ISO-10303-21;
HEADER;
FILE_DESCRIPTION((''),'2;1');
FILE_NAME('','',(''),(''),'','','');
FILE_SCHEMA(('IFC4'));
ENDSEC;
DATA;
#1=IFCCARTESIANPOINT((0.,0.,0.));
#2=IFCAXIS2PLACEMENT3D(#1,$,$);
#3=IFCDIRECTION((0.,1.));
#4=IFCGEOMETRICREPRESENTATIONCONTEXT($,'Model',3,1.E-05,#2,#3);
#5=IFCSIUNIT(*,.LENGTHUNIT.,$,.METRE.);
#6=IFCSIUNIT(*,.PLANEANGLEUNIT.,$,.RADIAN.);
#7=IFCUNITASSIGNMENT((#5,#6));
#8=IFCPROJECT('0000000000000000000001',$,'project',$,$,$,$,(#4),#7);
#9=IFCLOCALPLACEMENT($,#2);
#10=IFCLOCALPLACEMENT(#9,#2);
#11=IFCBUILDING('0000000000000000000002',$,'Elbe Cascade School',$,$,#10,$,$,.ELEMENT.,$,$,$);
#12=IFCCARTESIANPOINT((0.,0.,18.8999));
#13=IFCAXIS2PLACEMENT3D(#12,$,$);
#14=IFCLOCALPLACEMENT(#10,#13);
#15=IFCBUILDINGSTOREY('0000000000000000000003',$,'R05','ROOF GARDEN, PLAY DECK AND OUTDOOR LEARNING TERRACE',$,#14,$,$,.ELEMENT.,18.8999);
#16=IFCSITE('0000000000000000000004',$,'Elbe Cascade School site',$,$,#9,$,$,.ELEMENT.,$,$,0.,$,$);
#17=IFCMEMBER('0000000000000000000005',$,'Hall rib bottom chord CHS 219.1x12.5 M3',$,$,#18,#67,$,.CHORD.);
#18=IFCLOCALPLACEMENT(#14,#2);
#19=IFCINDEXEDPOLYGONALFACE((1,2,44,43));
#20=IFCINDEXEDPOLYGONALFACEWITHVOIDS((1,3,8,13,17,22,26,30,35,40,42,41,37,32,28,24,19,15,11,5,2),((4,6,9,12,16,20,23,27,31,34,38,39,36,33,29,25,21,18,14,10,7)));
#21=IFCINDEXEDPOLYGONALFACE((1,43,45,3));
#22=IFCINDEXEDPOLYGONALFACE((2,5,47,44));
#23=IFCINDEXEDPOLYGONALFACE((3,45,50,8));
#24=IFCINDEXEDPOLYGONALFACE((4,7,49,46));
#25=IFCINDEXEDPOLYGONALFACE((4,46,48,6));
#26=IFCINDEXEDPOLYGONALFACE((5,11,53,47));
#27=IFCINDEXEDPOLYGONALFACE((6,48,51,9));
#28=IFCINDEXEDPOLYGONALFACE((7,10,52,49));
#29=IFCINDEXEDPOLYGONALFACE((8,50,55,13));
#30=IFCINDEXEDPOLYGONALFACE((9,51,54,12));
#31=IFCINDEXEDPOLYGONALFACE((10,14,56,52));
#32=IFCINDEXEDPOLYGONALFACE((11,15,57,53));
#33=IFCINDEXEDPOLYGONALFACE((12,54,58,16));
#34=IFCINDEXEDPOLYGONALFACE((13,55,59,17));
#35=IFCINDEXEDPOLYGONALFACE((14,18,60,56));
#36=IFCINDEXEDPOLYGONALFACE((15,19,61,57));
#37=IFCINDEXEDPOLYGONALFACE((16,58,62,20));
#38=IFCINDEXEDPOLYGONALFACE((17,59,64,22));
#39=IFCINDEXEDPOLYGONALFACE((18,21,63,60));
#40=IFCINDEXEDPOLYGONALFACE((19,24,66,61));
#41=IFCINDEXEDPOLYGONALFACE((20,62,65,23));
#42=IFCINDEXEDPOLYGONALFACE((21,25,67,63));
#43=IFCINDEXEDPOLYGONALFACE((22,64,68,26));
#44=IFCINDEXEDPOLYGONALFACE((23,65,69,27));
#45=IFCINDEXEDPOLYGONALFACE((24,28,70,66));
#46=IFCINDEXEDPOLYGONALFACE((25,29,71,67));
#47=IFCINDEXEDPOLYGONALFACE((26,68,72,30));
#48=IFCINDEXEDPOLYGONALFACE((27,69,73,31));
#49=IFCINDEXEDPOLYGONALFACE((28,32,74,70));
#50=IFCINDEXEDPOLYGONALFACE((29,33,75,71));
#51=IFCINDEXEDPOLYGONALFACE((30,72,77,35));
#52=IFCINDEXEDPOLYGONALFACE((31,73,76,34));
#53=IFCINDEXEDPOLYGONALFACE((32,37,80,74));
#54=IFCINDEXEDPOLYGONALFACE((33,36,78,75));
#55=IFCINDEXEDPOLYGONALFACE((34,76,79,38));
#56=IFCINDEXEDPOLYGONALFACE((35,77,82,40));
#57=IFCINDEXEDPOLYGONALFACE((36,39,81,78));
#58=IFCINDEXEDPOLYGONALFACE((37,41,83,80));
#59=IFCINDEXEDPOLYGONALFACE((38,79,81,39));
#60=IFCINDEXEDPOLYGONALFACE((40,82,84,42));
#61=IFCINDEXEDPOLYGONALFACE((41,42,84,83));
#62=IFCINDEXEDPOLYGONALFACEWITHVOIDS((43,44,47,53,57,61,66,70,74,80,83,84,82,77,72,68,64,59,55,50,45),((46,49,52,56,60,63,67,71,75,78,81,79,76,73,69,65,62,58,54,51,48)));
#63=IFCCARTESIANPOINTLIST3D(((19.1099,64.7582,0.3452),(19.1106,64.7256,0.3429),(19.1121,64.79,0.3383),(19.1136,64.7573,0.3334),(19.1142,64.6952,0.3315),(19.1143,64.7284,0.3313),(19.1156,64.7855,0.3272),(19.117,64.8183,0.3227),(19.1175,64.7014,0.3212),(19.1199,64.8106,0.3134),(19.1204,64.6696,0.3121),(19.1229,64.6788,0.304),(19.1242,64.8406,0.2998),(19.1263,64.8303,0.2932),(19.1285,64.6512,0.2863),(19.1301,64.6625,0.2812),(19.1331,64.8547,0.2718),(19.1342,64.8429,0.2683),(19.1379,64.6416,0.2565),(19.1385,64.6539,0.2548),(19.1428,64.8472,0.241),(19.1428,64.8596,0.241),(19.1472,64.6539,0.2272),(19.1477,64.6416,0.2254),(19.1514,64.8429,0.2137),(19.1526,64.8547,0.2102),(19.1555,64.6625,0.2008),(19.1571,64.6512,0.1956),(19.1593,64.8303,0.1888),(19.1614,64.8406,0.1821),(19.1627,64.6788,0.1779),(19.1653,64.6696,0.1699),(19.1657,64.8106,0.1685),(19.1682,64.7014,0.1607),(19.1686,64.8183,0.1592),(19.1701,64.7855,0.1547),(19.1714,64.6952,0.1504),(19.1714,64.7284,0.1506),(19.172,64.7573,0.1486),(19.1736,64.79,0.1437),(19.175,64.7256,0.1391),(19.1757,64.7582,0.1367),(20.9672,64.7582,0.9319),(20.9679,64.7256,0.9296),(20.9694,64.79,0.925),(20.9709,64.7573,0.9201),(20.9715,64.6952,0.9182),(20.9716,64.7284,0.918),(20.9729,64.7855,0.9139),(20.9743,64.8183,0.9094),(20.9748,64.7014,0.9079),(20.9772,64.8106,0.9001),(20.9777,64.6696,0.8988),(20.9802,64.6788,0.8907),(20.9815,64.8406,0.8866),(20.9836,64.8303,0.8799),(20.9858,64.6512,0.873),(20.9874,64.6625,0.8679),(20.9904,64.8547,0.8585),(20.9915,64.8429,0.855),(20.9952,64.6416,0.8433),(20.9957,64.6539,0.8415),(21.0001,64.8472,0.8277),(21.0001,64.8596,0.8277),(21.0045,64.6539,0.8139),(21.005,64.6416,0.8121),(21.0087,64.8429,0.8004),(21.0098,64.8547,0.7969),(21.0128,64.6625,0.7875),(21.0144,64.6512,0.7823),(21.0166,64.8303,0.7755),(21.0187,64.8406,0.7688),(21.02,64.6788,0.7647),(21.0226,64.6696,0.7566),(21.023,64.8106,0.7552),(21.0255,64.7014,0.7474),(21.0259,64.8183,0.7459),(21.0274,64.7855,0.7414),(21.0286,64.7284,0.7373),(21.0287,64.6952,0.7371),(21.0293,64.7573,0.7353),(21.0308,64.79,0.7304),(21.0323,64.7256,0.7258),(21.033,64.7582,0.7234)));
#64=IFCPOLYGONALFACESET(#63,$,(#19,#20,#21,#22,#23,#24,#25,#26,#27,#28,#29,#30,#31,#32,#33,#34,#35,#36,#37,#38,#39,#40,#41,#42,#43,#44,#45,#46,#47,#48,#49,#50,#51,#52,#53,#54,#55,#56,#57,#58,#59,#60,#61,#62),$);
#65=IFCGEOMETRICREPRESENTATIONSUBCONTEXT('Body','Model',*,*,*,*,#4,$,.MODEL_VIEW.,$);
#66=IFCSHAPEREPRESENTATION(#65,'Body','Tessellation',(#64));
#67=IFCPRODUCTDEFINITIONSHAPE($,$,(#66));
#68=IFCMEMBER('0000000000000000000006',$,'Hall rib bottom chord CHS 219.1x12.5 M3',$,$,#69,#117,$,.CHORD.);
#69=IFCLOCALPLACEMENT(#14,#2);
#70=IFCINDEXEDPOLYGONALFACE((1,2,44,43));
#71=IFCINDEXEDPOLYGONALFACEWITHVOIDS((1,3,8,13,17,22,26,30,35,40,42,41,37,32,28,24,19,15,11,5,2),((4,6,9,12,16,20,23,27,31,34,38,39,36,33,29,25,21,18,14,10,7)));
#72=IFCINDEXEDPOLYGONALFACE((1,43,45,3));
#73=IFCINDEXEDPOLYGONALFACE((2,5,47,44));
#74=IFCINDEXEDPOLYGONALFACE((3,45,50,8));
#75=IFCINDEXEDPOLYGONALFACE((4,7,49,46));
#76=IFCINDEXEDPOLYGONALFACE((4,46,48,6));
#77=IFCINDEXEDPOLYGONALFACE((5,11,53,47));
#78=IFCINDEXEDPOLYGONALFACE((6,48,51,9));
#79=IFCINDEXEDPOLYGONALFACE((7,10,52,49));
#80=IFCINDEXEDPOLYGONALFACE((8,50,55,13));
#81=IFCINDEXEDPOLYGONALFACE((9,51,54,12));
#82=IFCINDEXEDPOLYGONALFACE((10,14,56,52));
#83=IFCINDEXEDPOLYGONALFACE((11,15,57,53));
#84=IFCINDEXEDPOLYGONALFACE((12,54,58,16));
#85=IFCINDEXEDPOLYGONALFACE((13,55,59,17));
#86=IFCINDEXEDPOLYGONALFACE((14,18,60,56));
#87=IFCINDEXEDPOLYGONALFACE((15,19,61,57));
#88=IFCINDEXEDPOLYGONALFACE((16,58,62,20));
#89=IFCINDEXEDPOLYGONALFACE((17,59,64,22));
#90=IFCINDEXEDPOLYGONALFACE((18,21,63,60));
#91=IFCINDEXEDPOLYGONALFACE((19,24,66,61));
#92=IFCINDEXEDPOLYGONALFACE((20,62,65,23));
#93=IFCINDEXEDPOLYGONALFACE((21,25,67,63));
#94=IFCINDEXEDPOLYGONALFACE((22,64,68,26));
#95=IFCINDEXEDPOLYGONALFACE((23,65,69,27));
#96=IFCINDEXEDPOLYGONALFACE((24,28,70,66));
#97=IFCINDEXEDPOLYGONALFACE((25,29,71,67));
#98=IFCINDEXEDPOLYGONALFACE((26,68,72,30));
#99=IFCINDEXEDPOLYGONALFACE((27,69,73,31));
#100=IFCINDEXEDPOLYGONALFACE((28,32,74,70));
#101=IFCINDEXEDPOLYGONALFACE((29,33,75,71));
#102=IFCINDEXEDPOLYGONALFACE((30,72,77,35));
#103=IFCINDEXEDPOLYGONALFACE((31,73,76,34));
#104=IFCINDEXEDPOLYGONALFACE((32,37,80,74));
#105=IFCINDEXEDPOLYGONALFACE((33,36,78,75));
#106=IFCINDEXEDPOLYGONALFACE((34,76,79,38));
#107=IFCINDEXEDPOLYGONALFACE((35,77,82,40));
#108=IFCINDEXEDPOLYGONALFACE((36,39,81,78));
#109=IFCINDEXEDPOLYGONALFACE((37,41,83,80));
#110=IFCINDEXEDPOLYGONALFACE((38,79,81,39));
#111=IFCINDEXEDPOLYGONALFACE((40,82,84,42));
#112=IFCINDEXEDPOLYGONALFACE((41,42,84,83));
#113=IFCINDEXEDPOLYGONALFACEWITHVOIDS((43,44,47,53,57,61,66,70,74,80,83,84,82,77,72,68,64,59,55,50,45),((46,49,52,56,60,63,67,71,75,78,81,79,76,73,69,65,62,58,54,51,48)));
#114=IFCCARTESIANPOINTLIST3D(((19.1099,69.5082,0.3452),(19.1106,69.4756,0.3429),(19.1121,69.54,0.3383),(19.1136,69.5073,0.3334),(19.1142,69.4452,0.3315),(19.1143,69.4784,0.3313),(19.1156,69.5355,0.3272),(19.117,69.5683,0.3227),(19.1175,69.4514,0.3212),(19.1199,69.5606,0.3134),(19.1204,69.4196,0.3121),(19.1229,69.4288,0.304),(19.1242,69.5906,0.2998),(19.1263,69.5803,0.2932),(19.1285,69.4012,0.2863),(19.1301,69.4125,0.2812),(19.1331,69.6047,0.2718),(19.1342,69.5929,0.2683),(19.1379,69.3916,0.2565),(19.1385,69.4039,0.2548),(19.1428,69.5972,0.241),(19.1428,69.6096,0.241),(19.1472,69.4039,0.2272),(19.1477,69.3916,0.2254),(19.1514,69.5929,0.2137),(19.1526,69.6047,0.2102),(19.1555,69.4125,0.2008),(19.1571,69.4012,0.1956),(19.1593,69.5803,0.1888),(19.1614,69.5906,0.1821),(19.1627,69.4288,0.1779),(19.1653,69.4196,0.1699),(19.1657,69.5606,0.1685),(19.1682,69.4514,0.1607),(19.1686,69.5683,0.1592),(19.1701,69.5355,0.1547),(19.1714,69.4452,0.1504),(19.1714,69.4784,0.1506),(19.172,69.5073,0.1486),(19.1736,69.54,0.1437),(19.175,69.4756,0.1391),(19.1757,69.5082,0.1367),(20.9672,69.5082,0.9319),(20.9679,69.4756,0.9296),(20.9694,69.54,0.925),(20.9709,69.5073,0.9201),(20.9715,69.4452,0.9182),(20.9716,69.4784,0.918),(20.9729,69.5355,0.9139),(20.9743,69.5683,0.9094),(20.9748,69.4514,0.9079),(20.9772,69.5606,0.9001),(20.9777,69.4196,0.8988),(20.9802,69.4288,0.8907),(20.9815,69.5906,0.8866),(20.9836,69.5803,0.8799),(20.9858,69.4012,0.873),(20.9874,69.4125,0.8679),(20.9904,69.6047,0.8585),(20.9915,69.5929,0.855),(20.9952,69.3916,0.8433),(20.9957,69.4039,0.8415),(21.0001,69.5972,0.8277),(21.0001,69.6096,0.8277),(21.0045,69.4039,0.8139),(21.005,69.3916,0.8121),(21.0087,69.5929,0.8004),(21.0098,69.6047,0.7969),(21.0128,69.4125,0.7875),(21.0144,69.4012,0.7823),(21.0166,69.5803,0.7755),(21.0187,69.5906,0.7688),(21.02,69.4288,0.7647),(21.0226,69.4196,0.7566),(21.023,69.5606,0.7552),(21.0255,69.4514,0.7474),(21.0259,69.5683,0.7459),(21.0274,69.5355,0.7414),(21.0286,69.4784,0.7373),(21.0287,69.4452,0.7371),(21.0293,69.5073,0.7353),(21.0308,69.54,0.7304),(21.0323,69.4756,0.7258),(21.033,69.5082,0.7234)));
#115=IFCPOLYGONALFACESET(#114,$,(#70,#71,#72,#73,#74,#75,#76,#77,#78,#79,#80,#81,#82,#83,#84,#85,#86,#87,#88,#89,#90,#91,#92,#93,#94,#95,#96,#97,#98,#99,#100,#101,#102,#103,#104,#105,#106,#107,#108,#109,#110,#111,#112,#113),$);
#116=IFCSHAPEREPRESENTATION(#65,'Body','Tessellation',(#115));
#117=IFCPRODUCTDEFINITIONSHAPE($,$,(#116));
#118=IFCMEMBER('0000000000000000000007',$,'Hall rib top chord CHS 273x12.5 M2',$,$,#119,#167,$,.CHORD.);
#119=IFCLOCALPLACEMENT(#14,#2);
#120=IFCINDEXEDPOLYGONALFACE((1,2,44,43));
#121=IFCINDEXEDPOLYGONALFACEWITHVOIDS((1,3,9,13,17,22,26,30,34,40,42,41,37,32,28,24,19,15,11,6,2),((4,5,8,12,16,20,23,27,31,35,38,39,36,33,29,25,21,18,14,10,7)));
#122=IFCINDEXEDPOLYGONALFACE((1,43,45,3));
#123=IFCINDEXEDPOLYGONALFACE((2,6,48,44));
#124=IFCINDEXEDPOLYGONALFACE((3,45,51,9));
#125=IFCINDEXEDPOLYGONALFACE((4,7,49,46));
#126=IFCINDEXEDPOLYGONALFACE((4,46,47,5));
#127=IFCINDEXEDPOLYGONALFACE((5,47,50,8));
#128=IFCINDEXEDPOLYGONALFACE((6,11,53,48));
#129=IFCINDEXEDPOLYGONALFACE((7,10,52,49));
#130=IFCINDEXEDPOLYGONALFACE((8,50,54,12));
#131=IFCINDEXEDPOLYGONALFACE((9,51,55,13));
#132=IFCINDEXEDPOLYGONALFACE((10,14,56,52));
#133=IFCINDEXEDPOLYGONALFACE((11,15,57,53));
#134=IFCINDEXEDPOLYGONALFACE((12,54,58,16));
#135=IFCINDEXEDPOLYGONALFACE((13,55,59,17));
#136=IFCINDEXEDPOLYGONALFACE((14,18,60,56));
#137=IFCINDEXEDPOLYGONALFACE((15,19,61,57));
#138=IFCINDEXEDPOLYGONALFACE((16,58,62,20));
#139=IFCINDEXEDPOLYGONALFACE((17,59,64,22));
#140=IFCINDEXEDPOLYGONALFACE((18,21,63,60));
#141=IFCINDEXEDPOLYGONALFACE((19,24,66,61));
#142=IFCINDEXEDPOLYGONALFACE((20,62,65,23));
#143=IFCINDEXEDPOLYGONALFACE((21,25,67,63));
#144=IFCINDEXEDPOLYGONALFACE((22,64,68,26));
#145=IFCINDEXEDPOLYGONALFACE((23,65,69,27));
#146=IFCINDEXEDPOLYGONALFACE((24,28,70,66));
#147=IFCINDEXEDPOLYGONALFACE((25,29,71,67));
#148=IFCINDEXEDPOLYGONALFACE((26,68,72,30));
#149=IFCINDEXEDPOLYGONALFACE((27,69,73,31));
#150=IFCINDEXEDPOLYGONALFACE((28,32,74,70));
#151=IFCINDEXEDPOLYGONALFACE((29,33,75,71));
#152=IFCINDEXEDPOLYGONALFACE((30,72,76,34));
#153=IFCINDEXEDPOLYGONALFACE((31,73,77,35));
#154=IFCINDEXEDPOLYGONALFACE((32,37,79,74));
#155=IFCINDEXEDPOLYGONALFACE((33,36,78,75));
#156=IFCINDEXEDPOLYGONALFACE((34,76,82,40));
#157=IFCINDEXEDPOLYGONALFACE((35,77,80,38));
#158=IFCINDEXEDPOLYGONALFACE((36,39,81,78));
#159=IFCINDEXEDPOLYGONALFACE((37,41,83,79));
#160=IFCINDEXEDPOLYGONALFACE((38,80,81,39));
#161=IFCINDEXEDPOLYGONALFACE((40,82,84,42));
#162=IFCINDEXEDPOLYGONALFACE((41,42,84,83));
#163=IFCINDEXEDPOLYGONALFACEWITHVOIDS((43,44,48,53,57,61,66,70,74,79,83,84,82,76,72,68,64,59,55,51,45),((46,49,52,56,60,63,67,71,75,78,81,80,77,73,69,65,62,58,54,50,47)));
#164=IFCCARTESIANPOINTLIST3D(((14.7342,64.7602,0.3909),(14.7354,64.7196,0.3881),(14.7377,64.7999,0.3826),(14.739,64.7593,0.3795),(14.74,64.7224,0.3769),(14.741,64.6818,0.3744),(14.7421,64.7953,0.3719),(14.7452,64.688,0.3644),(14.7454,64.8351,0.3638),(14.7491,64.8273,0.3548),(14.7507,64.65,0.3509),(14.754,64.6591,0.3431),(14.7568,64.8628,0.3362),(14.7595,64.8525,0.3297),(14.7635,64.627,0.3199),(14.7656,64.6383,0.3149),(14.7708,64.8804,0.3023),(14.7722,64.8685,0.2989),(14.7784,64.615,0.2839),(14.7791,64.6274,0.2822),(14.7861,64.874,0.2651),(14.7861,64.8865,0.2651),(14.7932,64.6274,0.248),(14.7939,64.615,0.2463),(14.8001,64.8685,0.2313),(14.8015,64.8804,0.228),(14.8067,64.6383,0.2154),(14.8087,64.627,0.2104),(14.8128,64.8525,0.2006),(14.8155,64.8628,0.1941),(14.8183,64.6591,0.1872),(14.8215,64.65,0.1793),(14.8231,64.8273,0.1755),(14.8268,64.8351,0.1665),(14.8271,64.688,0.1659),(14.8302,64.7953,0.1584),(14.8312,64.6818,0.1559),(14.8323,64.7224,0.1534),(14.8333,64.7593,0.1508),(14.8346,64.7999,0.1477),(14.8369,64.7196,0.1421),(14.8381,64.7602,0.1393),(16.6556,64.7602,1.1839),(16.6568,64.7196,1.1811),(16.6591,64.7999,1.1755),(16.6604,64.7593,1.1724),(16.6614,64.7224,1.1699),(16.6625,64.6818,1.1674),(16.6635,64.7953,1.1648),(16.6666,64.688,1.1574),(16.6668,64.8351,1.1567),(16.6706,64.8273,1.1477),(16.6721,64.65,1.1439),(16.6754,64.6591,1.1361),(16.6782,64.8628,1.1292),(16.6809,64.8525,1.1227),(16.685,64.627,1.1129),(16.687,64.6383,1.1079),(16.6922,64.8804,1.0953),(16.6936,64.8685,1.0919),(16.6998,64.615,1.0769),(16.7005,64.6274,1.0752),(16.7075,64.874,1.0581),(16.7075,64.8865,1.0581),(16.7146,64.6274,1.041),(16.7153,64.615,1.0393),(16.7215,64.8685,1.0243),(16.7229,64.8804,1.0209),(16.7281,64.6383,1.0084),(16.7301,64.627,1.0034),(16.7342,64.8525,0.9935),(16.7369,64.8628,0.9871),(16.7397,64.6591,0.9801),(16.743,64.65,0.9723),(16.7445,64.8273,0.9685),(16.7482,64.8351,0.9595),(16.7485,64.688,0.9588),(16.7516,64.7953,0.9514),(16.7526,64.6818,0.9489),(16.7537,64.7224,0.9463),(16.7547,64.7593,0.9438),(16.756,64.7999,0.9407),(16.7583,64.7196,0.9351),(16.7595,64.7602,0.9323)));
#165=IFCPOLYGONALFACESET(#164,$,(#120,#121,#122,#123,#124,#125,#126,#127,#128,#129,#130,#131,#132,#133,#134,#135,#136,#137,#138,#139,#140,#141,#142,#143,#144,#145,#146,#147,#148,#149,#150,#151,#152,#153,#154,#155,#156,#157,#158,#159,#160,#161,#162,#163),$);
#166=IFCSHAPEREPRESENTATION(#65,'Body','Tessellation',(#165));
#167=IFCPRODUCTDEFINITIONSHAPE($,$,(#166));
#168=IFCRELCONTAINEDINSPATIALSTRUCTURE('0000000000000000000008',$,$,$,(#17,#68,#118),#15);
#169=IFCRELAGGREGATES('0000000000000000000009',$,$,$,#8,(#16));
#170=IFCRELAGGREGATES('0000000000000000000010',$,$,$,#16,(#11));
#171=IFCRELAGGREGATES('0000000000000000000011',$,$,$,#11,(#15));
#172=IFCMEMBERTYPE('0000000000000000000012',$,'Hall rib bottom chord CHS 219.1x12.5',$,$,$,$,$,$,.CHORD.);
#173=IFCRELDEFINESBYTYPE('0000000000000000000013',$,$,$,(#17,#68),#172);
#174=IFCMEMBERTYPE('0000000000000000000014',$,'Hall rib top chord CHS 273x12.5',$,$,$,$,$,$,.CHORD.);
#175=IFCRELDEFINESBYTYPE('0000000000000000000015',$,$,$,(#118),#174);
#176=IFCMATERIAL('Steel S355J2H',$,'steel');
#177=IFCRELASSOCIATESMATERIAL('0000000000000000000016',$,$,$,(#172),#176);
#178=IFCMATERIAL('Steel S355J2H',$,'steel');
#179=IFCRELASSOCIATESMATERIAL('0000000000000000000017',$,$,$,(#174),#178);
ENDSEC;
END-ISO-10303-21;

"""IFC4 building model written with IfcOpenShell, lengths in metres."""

from ifc_helpers import new_model, si_unit, direction, frame, origin, origin_2d, place, context, subcontext, project, spatial, hollow_circle, extrude, material, material_profile, profile_set, type_object, element, save


model = new_model("IFC4")

# Units and contexts
model_context = context("Model", 3, precision=1e-05, world=origin(), true_north=direction((0.0, 1.0)))
body_context = subcontext(model_context, "Body", "Model", "MODEL_VIEW")
ifc_project = project(units=[si_unit("LENGTHUNIT", "METRE"), si_unit("PLANEANGLEUNIT", "RADIAN")], contexts=[model_context])

# Site, building, storey
site_placement = place(None, origin())
site = spatial("IfcSite", under=ifc_project, at=site_placement, Name="Elbe Cascade School site", CompositionType="ELEMENT", RefElevation=0.0)
building_placement = place(site_placement, origin())
building = spatial("IfcBuilding", under=site, at=building_placement, Name="Elbe Cascade School", CompositionType="ELEMENT")
storey_placement = place(building_placement, frame((0.0, 0.0, 18.8999)))
storey = spatial("IfcBuildingStorey", under=building, at=storey_placement, Name="R05", Description="ROOF GARDEN, PLAY DECK AND OUTDOOR LEARNING TERRACE", CompositionType="ELEMENT", Elevation=18.8999)

# Members
ifc_material_1 = material(Name="Steel S355J2H", Category="steel")
ifc_material_profile_1 = material_profile(ifc_material_1, hollow_circle(Radius=0.1096, WallThickness=0.0125, at=origin_2d()), Name="CHS 219.1x12.5")
ifc_profile_set_1 = profile_set([ifc_material_profile_1], Name="Steel S355J2H")
member_type_1 = type_object("IfcMemberType", Name="Hall rib bottom chord CHS 219.1x12.5", PredefinedType="CHORD", material=ifc_profile_set_1)
for number, where, z_axis, x_axis, name in (
    (1, (19.1428, 64.75, 0.241), (0.953554, 0.0, 0.301221), (0.0, 1.0, 0.0), "Hall rib bottom chord CHS 219.1x12.5 M3"),
    (2, (19.1428, 69.5, 0.241), (0.953554, 0.0, 0.301221), (0.0, 1.0, 0.0), "Hall rib bottom chord CHS 219.1x12.5 M3"),
):
    element("IfcMember", number, at=place(storey_placement, frame(where, z_axis=z_axis, x_axis=x_axis)), inside=storey, type_object=member_type_1, Name=name, PredefinedType="CHORD", context=body_context, shape_type="SweptSolid", body=[
        extrude(hollow_circle(Radius=0.1096, WallThickness=0.0125, at=origin_2d()), origin(), (0.0, 0.0, 1.0), 1.9478),
    ])
ifc_material_2 = material(Name="Steel S355J2H", Category="steel")
ifc_material_profile_2 = material_profile(ifc_material_2, hollow_circle(Radius=0.1365, WallThickness=0.0125, at=origin_2d()), Name="CHS 273x12.5")
ifc_profile_set_2 = profile_set([ifc_material_profile_2], Name="Steel S355J2H")
member_type_2 = type_object("IfcMemberType", Name="Hall rib top chord CHS 273x12.5", PredefinedType="CHORD", material=ifc_profile_set_2)
member_1_placement = place(storey_placement, frame((14.7861, 64.75, 0.2651), z_axis=(0.924371, 0.0, 0.381494), x_axis=(0.0, 1.0, 0.0)))
element("IfcMember", 3, at=member_1_placement, inside=storey, type_object=member_type_2, Name="Hall rib top chord CHS 273x12.5 M2", PredefinedType="CHORD", context=body_context, shape_type="SweptSolid", body=[
    extrude(hollow_circle(Radius=0.1365, WallThickness=0.0125, at=origin_2d()), origin(), (0.0, 0.0, 1.0), 2.0786),
])

save(model, "model.ifc")
